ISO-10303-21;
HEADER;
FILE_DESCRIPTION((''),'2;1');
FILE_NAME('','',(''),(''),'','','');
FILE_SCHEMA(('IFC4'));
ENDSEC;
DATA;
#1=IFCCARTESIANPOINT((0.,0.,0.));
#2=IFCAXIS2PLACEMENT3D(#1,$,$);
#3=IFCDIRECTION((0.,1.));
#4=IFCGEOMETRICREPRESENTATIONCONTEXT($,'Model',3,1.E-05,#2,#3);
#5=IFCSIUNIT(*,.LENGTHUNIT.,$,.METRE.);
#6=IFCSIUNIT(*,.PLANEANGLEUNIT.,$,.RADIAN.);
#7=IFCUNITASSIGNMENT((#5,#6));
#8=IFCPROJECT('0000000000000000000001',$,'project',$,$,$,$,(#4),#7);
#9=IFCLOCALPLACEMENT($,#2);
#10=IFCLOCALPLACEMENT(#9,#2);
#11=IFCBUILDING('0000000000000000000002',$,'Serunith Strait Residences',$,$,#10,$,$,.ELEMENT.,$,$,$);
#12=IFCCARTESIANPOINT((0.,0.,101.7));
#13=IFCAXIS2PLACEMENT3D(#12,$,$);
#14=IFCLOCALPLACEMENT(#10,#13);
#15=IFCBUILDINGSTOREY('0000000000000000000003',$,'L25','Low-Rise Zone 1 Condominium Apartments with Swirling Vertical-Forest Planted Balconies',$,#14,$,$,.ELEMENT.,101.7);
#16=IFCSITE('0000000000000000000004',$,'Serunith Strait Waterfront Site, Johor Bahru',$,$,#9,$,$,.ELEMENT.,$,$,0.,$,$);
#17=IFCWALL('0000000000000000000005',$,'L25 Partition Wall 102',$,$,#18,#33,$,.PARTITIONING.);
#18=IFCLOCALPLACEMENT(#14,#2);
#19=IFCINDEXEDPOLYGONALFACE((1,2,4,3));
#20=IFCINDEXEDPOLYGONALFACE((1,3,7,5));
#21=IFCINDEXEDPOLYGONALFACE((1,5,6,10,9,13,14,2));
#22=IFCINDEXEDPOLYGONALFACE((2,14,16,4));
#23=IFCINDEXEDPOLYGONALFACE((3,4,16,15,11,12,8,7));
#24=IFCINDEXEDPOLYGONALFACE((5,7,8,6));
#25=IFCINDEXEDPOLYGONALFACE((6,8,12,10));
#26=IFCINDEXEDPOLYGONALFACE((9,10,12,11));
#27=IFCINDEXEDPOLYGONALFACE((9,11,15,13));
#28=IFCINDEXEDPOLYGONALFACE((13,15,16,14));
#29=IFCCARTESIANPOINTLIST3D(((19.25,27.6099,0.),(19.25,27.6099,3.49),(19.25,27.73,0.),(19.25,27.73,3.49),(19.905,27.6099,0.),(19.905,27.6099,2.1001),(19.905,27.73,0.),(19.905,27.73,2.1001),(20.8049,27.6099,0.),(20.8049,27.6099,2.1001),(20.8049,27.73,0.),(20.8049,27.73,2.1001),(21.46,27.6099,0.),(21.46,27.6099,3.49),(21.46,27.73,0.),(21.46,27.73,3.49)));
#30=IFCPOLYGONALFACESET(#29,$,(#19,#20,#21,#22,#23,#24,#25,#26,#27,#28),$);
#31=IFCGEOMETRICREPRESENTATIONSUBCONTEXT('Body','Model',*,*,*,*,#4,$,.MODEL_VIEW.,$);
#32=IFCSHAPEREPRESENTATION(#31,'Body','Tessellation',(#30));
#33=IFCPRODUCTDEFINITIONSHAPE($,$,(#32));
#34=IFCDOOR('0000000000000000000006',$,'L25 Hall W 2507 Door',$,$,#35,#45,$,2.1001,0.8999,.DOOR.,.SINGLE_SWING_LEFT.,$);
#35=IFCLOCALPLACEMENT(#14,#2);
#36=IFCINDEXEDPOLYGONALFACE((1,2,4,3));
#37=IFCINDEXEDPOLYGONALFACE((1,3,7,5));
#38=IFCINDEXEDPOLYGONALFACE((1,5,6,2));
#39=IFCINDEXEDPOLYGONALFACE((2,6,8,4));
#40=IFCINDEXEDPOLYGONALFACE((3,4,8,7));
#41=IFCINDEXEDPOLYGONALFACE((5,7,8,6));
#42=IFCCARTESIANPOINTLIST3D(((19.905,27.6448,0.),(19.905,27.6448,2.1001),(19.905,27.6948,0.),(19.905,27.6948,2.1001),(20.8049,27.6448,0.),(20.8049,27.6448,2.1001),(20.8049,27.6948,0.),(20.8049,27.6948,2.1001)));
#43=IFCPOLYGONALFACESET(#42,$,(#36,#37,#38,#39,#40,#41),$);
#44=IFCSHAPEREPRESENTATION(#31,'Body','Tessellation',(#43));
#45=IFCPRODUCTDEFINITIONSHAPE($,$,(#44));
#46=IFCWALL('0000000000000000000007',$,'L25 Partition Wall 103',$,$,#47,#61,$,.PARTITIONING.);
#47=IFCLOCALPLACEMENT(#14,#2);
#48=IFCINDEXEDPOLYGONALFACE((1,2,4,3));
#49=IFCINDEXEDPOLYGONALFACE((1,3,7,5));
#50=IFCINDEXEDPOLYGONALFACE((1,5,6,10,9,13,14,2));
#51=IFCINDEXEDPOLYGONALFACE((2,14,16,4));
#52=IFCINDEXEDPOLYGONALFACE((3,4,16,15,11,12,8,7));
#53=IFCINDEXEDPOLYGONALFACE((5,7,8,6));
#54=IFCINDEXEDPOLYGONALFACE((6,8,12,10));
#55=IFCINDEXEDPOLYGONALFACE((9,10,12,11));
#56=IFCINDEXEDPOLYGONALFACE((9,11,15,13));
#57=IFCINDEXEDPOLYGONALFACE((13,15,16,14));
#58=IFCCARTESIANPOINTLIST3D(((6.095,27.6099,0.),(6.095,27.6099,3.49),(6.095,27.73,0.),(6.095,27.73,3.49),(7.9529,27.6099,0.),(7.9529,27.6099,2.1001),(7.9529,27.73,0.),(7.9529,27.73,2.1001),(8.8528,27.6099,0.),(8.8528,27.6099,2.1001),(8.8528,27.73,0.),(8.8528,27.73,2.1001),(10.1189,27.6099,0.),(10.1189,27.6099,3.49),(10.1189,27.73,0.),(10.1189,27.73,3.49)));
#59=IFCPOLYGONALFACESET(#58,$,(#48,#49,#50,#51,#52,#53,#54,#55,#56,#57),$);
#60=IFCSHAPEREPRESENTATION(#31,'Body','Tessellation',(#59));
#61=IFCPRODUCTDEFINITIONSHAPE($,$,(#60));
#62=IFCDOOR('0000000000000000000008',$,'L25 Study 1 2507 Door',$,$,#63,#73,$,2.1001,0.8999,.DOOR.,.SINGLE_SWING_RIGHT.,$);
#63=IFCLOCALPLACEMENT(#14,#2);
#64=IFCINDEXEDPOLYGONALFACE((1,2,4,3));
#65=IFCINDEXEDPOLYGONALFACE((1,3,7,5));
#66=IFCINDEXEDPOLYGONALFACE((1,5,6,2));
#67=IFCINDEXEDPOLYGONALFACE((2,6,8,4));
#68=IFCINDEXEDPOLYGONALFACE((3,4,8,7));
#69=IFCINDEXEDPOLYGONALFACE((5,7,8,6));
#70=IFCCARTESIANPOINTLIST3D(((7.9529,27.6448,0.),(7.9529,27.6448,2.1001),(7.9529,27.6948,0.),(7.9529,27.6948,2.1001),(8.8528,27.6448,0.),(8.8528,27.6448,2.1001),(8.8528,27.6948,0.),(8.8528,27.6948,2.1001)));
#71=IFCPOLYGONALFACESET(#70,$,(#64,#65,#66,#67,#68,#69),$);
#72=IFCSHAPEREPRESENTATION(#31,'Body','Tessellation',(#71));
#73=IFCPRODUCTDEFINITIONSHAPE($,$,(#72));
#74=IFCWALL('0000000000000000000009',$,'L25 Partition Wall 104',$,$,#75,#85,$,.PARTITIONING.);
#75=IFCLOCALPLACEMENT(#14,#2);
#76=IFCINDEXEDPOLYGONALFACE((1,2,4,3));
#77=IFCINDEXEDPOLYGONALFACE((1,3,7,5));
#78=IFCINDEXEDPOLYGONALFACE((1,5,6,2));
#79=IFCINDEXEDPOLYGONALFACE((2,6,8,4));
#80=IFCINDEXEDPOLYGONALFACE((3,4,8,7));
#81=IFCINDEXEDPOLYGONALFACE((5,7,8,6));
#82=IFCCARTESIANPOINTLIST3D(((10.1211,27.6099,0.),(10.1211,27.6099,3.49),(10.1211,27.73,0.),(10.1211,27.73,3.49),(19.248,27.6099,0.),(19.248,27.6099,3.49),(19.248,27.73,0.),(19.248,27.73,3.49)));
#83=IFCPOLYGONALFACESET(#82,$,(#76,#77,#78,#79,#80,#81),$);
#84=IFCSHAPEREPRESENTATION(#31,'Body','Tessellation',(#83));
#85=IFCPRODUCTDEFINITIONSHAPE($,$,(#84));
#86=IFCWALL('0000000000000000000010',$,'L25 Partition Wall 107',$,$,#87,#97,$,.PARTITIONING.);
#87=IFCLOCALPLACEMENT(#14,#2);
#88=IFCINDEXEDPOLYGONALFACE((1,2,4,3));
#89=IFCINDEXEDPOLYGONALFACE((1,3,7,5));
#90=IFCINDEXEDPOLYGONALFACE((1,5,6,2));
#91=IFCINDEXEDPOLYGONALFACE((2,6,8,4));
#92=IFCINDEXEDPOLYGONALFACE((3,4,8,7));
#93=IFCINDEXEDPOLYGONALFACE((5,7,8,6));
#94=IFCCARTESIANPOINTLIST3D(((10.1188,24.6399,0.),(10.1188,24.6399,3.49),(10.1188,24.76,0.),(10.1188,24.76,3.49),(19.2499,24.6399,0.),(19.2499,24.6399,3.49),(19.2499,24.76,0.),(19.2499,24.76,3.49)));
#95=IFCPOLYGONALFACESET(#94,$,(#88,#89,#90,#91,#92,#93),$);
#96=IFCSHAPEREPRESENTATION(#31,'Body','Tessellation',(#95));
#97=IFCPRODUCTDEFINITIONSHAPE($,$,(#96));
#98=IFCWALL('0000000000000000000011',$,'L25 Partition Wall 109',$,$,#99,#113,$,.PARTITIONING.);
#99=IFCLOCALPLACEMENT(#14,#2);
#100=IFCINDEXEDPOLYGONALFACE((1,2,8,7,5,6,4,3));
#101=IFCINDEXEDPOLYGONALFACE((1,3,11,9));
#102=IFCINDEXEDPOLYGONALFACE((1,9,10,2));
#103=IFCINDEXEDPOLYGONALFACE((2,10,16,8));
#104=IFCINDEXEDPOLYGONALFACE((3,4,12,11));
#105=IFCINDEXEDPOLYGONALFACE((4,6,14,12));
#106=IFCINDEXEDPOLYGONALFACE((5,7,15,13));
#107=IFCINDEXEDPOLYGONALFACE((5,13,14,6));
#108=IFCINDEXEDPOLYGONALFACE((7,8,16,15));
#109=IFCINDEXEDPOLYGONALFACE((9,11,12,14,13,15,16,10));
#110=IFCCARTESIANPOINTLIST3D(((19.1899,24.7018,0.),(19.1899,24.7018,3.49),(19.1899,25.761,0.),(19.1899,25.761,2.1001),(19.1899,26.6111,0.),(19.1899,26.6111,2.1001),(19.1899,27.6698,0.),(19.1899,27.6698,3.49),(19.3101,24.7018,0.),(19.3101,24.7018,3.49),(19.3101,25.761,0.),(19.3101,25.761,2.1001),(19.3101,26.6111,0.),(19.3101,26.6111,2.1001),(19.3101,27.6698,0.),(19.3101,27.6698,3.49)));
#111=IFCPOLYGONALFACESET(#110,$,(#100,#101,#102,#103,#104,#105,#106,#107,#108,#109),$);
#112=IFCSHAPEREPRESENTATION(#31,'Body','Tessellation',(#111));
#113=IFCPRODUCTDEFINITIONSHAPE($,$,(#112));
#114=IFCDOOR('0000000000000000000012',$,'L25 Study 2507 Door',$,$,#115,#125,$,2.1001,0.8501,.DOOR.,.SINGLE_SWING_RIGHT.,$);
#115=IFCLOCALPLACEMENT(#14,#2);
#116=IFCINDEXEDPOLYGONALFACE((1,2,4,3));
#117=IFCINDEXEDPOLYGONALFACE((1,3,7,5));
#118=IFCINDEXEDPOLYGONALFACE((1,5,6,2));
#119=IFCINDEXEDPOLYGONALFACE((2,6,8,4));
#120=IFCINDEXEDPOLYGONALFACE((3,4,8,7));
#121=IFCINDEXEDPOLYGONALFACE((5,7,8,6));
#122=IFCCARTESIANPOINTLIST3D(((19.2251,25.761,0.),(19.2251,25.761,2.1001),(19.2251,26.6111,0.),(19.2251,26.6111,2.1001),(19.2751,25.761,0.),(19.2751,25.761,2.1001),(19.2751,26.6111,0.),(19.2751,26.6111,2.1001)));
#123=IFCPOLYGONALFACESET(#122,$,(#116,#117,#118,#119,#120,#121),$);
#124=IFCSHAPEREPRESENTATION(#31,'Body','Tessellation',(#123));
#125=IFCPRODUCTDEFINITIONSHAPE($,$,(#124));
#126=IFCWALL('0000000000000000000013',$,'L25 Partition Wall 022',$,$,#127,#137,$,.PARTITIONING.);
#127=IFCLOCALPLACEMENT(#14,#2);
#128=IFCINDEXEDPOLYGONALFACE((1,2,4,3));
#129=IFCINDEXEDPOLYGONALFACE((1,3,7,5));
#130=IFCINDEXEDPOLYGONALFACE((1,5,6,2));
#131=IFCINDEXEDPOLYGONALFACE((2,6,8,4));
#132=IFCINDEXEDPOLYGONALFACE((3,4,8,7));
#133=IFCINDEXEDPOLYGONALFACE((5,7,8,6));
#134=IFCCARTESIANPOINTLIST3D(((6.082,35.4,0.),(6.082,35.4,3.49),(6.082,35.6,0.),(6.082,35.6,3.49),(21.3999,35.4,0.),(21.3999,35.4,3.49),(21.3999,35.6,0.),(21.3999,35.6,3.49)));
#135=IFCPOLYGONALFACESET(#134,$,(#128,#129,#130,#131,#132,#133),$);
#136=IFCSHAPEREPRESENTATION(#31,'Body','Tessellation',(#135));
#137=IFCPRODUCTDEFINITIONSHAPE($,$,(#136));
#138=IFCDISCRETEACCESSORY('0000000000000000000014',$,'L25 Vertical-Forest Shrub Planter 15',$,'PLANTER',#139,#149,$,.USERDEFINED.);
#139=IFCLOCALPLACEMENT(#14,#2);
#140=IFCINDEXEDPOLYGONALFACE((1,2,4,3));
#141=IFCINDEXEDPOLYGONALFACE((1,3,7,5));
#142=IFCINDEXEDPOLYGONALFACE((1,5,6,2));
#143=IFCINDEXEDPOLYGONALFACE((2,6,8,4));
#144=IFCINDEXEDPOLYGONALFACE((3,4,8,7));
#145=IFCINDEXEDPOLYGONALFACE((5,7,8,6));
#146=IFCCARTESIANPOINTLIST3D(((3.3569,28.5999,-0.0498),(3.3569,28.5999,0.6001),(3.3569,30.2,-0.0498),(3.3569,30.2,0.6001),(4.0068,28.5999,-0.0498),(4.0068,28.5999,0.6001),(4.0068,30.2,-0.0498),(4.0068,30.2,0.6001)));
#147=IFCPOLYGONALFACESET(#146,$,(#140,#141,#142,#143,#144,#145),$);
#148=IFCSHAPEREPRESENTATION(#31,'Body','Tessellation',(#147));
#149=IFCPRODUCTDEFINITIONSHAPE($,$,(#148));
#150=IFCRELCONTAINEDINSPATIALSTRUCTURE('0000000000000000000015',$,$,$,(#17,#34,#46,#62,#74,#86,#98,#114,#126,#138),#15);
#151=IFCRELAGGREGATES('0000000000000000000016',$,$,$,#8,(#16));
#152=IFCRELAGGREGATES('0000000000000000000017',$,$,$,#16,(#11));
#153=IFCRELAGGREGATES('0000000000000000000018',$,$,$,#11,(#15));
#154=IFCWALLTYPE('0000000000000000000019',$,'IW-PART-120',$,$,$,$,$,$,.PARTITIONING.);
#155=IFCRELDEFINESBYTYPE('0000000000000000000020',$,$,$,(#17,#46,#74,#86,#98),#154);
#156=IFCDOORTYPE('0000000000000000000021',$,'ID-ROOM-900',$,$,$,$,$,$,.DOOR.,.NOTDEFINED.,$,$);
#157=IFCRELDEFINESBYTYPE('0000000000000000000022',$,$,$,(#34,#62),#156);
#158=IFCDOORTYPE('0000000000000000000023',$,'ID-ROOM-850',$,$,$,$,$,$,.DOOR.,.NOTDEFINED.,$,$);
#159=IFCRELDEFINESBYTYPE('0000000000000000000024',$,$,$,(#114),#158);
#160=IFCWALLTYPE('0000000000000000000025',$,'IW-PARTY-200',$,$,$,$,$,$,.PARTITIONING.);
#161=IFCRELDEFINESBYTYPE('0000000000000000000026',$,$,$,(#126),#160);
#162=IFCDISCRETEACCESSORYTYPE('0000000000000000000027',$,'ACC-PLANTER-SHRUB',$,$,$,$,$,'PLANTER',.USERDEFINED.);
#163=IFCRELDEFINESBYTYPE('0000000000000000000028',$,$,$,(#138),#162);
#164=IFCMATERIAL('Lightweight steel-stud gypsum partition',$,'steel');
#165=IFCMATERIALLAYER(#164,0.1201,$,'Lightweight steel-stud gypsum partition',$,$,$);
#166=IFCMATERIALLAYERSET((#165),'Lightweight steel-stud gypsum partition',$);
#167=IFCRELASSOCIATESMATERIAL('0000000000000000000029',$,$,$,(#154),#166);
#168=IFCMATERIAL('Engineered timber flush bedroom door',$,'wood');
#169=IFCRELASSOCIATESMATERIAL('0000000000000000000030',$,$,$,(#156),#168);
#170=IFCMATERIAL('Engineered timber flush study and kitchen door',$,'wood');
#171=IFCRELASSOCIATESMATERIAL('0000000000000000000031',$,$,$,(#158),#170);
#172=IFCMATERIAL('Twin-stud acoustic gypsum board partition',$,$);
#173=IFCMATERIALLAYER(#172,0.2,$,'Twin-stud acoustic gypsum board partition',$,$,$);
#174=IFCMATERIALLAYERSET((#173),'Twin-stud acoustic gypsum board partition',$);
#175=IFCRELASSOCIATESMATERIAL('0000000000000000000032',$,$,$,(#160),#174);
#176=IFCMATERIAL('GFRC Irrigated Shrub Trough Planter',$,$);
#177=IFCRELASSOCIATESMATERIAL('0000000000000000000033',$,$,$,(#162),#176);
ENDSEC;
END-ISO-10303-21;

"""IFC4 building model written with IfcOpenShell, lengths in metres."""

from ifc_helpers import new_model, si_unit, direction, frame, frame_2d, origin, origin_2d, place, context, subcontext, project, spatial, rectangle, extrude, source, transform, mapped, material, layer, layer_set, type_object, element, fill, save


model = new_model("IFC4")

# Units and contexts
model_context = context("Model", 3, precision=1e-05, world=origin(), true_north=direction((0.0, 1.0)))
body_context = subcontext(model_context, "Body", "Model", "MODEL_VIEW")
ifc_project = project(units=[si_unit("LENGTHUNIT", "METRE"), si_unit("PLANEANGLEUNIT", "RADIAN")], contexts=[model_context])

# Site, building, storey
site_placement = place(None, origin())
site = spatial("IfcSite", under=ifc_project, at=site_placement, Name="Serunith Strait Waterfront Site, Johor Bahru", CompositionType="ELEMENT", RefElevation=0.0)
building_placement = place(site_placement, origin())
building = spatial("IfcBuilding", under=site, at=building_placement, Name="Serunith Strait Residences", CompositionType="ELEMENT")
storey_placement = place(building_placement, frame((0.0, 0.0, 101.7)))
storey = spatial("IfcBuildingStorey", under=building, at=storey_placement, Name="L25", Description="Low-Rise Zone 1 Condominium Apartments with Swirling Vertical-Forest Planted Balconies", CompositionType="ELEMENT", Elevation=101.7)

# Shared definitions
ifc_material_1 = material(Name="Lightweight steel-stud gypsum partition", Category="steel")
ifc_layer_1 = layer(ifc_material_1, 0.1201, Name="Lightweight steel-stud gypsum partition")
ifc_layer_set_1 = layer_set([ifc_layer_1], Name="Lightweight steel-stud gypsum partition")
wall_type_1 = type_object("IfcWallType", Name="IW-PART-120", PredefinedType="PARTITIONING", material=ifc_layer_set_1)
shared_shape_1 = source(origin(), body_context, "Body", "SweptSolid", [
    extrude(rectangle(XDim=0.8501, YDim=2.1001, at=frame_2d((0.425, 1.05))), frame((0.0, 0.0249, 0.0), z_axis=(0.0, -1.0, 0.0), x_axis=(1.0, 0.0, 0.0)), (0.0, 0.0, 1.0), 0.05),
])
ifc_material_2 = material(Name="Engineered timber flush bedroom door", Category="wood")
door_type_1 = type_object("IfcDoorType", Name="ID-ROOM-900", OperationType="NOTDEFINED", PredefinedType="DOOR", material=ifc_material_2)
shared_shape_2 = source(origin(), body_context, "Body", "SweptSolid", [
    extrude(rectangle(XDim=0.8999, YDim=2.1001, at=frame_2d((0.45, 1.05))), frame((0.0, 0.0249, 0.0), z_axis=(0.0, -1.0, 0.0), x_axis=(1.0, 0.0, 0.0)), (0.0, 0.0, 1.0), 0.05),
])

# Shared definitions
ifc_material_3 = material(Name="Engineered timber flush study and kitchen door", Category="wood")
door_type_2 = type_object("IfcDoorType", Name="ID-ROOM-850", OperationType="NOTDEFINED", PredefinedType="DOOR", material=ifc_material_3)

# Walls, openings, doors
wall_1_placement = place(storey_placement, frame((19.25, 27.6699, 0.0), z_axis=(0.0, 0.0, 1.0), x_axis=(1.0, 0.0, 0.0)))
wall_1 = element("IfcWall", 1, at=wall_1_placement, inside=storey, type_object=wall_type_1, Name="L25 Partition Wall 102", PredefinedType="PARTITIONING", context=body_context, shape_type="SweptSolid", body=[
    extrude(rectangle(XDim=2.21, YDim=0.1201, at=frame_2d((1.105, 0.0))), origin(), (0.0, 0.0, 1.0), 3.49),
])
opening_1_placement = place(wall_1_placement, frame((0.655, 0.0, 0.0)))
opening_1 = element("IfcOpeningElement", 2, at=opening_1_placement, cuts=wall_1, PredefinedType="OPENING", context=body_context, shape_type="SweptSolid", body=[
    extrude(rectangle(XDim=0.8999, YDim=2.1001, at=frame_2d((0.45, 1.05))), frame((0.0, 0.0701, 0.0), z_axis=(0.0, -1.0, 0.0), x_axis=(1.0, 0.0, 0.0)), (0.0, 0.0, 1.0), 0.1401),
])
door_1_placement = place(opening_1_placement, origin())
door_1 = element("IfcDoor", 3, at=door_1_placement, inside=storey, type_object=door_type_1, Name="L25 Hall W 2507 Door", OperationType="SINGLE_SWING_LEFT", OverallHeight=2.1001, OverallWidth=0.8999, PredefinedType="DOOR", context=body_context, shape_type="MappedRepresentation", body=[
    mapped(shared_shape_2, transform((0.0, 0.0, 0.0), scale=1.0)),
])
fill(opening_1, door_1)
wall_2_placement = place(storey_placement, frame((6.095, 27.6699, 0.0), z_axis=(0.0, 0.0, 1.0), x_axis=(1.0, 0.0, 0.0)))
wall_2 = element("IfcWall", 4, at=wall_2_placement, inside=storey, type_object=wall_type_1, Name="L25 Partition Wall 103", PredefinedType="PARTITIONING", context=body_context, shape_type="SweptSolid", body=[
    extrude(rectangle(XDim=4.0239, YDim=0.1201, at=frame_2d((2.012, 0.0))), origin(), (0.0, 0.0, 1.0), 3.49),
])
opening_2_placement = place(wall_2_placement, frame((1.8579, 0.0, 0.0)))
opening_2 = element("IfcOpeningElement", 5, at=opening_2_placement, cuts=wall_2, PredefinedType="OPENING", context=body_context, shape_type="SweptSolid", body=[
    extrude(rectangle(XDim=0.8999, YDim=2.1001, at=frame_2d((0.45, 1.05))), frame((0.0, 0.0701, 0.0), z_axis=(0.0, -1.0, 0.0), x_axis=(1.0, 0.0, 0.0)), (0.0, 0.0, 1.0), 0.1401),
])
door_2_placement = place(opening_2_placement, origin())
door_2 = element("IfcDoor", 6, at=door_2_placement, inside=storey, type_object=door_type_1, Name="L25 Study 1 2507 Door", OperationType="SINGLE_SWING_RIGHT", OverallHeight=2.1001, OverallWidth=0.8999, PredefinedType="DOOR", context=body_context, shape_type="MappedRepresentation", body=[
    mapped(shared_shape_2, transform((0.0, 0.0, 0.0), scale=1.0)),
])
fill(opening_2, door_2)

# Walls
wall_3_placement = place(storey_placement, frame((10.1211, 27.6699, 0.0), z_axis=(0.0, 0.0, 1.0), x_axis=(1.0, 0.0, 0.0)))
element("IfcWall", 7, at=wall_3_placement, inside=storey, type_object=wall_type_1, Name="L25 Partition Wall 104", PredefinedType="PARTITIONING", context=body_context, shape_type="SweptSolid", body=[
    extrude(rectangle(XDim=9.127, YDim=0.1201, at=frame_2d((4.5635, 0.0))), origin(), (0.0, 0.0, 1.0), 3.49),
])
wall_4_placement = place(storey_placement, frame((10.1189, 24.7, 0.0), z_axis=(0.0, 0.0, 1.0), x_axis=(1.0, 0.0, 0.0)))
element("IfcWall", 8, at=wall_4_placement, inside=storey, type_object=wall_type_1, Name="L25 Partition Wall 107", PredefinedType="PARTITIONING", context=body_context, shape_type="SweptSolid", body=[
    extrude(rectangle(XDim=9.1311, YDim=0.1201, at=frame_2d((4.5654, 0.0))), origin(), (0.0, 0.0, 1.0), 3.49),
])

# Wall, opening, door
wall_5_placement = place(storey_placement, frame((19.25, 24.7019, 0.0), z_axis=(0.0, 0.0, 1.0), x_axis=(0.0, 1.0, 0.0)))
wall_5 = element("IfcWall", 9, at=wall_5_placement, inside=storey, type_object=wall_type_1, Name="L25 Partition Wall 109", PredefinedType="PARTITIONING", context=body_context, shape_type="SweptSolid", body=[
    extrude(rectangle(XDim=2.968, YDim=0.1201, at=frame_2d((1.4839, 0.0))), origin(), (0.0, 0.0, 1.0), 3.49),
])
opening_3_placement = place(wall_5_placement, frame((1.0591, 0.0, 0.0)))
opening_3 = element("IfcOpeningElement", 10, at=opening_3_placement, cuts=wall_5, PredefinedType="OPENING", context=body_context, shape_type="SweptSolid", body=[
    extrude(rectangle(XDim=0.8501, YDim=2.1001, at=frame_2d((0.425, 1.05))), frame((0.0, 0.0701, 0.0), z_axis=(0.0, -1.0, 0.0), x_axis=(1.0, 0.0, 0.0)), (0.0, 0.0, 1.0), 0.1401),
])
door_3_placement = place(opening_3_placement, origin())
door_3 = element("IfcDoor", 11, at=door_3_placement, inside=storey, type_object=door_type_2, Name="L25 Study 2507 Door", OperationType="SINGLE_SWING_RIGHT", OverallHeight=2.1001, OverallWidth=0.8501, PredefinedType="DOOR", context=body_context, shape_type="MappedRepresentation", body=[
    mapped(shared_shape_1, transform((0.0, 0.0, 0.0), scale=1.0)),
])
fill(opening_3, door_3)

# Wall
ifc_material_4 = material(Name="Twin-stud acoustic gypsum board partition")
ifc_layer_2 = layer(ifc_material_4, 0.2, Name="Twin-stud acoustic gypsum board partition")
ifc_layer_set_2 = layer_set([ifc_layer_2], Name="Twin-stud acoustic gypsum board partition")
wall_type_2 = type_object("IfcWallType", Name="IW-PARTY-200", PredefinedType="PARTITIONING", material=ifc_layer_set_2)
wall_6_placement = place(storey_placement, frame((6.082, 35.5, 0.0), z_axis=(0.0, 0.0, 1.0), x_axis=(1.0, 0.0, 0.0)))
element("IfcWall", 12, at=wall_6_placement, inside=storey, type_object=wall_type_2, Name="L25 Partition Wall 022", PredefinedType="PARTITIONING", context=body_context, shape_type="SweptSolid", body=[
    extrude(rectangle(XDim=15.3179, YDim=0.2, at=frame_2d((7.6589, 0.0))), origin(), (0.0, 0.0, 1.0), 3.49),
])

# Discrete accessory
ifc_material_5 = material(Name="GFRC Irrigated Shrub Trough Planter")
discrete_accessory_type = type_object("IfcDiscreteAccessoryType", Name="ACC-PLANTER-SHRUB", ElementType="PLANTER", PredefinedType="USERDEFINED", material=ifc_material_5)
shared_shape_3 = source(origin(), body_context, "Body", "SweptSolid", [
    extrude(rectangle(XDim=1.6001, YDim=0.6499, at=origin_2d()), origin(), (0.0, 0.0, 1.0), 0.6499),
])
discrete_accessory_placement = place(storey_placement, frame((3.6819, 29.3999, -0.0498), z_axis=(0.0, 0.0, 1.0), x_axis=(0.0, -1.0, 0.0)))
element("IfcDiscreteAccessory", 13, at=discrete_accessory_placement, inside=storey, type_object=discrete_accessory_type, Name="L25 Vertical-Forest Shrub Planter 15", ObjectType="PLANTER", PredefinedType="USERDEFINED", context=body_context, shape_type="MappedRepresentation", body=[
    mapped(shared_shape_3, transform((0.0, 0.0, 0.0), scale=1.0)),
])

save(model, "model.ifc")
